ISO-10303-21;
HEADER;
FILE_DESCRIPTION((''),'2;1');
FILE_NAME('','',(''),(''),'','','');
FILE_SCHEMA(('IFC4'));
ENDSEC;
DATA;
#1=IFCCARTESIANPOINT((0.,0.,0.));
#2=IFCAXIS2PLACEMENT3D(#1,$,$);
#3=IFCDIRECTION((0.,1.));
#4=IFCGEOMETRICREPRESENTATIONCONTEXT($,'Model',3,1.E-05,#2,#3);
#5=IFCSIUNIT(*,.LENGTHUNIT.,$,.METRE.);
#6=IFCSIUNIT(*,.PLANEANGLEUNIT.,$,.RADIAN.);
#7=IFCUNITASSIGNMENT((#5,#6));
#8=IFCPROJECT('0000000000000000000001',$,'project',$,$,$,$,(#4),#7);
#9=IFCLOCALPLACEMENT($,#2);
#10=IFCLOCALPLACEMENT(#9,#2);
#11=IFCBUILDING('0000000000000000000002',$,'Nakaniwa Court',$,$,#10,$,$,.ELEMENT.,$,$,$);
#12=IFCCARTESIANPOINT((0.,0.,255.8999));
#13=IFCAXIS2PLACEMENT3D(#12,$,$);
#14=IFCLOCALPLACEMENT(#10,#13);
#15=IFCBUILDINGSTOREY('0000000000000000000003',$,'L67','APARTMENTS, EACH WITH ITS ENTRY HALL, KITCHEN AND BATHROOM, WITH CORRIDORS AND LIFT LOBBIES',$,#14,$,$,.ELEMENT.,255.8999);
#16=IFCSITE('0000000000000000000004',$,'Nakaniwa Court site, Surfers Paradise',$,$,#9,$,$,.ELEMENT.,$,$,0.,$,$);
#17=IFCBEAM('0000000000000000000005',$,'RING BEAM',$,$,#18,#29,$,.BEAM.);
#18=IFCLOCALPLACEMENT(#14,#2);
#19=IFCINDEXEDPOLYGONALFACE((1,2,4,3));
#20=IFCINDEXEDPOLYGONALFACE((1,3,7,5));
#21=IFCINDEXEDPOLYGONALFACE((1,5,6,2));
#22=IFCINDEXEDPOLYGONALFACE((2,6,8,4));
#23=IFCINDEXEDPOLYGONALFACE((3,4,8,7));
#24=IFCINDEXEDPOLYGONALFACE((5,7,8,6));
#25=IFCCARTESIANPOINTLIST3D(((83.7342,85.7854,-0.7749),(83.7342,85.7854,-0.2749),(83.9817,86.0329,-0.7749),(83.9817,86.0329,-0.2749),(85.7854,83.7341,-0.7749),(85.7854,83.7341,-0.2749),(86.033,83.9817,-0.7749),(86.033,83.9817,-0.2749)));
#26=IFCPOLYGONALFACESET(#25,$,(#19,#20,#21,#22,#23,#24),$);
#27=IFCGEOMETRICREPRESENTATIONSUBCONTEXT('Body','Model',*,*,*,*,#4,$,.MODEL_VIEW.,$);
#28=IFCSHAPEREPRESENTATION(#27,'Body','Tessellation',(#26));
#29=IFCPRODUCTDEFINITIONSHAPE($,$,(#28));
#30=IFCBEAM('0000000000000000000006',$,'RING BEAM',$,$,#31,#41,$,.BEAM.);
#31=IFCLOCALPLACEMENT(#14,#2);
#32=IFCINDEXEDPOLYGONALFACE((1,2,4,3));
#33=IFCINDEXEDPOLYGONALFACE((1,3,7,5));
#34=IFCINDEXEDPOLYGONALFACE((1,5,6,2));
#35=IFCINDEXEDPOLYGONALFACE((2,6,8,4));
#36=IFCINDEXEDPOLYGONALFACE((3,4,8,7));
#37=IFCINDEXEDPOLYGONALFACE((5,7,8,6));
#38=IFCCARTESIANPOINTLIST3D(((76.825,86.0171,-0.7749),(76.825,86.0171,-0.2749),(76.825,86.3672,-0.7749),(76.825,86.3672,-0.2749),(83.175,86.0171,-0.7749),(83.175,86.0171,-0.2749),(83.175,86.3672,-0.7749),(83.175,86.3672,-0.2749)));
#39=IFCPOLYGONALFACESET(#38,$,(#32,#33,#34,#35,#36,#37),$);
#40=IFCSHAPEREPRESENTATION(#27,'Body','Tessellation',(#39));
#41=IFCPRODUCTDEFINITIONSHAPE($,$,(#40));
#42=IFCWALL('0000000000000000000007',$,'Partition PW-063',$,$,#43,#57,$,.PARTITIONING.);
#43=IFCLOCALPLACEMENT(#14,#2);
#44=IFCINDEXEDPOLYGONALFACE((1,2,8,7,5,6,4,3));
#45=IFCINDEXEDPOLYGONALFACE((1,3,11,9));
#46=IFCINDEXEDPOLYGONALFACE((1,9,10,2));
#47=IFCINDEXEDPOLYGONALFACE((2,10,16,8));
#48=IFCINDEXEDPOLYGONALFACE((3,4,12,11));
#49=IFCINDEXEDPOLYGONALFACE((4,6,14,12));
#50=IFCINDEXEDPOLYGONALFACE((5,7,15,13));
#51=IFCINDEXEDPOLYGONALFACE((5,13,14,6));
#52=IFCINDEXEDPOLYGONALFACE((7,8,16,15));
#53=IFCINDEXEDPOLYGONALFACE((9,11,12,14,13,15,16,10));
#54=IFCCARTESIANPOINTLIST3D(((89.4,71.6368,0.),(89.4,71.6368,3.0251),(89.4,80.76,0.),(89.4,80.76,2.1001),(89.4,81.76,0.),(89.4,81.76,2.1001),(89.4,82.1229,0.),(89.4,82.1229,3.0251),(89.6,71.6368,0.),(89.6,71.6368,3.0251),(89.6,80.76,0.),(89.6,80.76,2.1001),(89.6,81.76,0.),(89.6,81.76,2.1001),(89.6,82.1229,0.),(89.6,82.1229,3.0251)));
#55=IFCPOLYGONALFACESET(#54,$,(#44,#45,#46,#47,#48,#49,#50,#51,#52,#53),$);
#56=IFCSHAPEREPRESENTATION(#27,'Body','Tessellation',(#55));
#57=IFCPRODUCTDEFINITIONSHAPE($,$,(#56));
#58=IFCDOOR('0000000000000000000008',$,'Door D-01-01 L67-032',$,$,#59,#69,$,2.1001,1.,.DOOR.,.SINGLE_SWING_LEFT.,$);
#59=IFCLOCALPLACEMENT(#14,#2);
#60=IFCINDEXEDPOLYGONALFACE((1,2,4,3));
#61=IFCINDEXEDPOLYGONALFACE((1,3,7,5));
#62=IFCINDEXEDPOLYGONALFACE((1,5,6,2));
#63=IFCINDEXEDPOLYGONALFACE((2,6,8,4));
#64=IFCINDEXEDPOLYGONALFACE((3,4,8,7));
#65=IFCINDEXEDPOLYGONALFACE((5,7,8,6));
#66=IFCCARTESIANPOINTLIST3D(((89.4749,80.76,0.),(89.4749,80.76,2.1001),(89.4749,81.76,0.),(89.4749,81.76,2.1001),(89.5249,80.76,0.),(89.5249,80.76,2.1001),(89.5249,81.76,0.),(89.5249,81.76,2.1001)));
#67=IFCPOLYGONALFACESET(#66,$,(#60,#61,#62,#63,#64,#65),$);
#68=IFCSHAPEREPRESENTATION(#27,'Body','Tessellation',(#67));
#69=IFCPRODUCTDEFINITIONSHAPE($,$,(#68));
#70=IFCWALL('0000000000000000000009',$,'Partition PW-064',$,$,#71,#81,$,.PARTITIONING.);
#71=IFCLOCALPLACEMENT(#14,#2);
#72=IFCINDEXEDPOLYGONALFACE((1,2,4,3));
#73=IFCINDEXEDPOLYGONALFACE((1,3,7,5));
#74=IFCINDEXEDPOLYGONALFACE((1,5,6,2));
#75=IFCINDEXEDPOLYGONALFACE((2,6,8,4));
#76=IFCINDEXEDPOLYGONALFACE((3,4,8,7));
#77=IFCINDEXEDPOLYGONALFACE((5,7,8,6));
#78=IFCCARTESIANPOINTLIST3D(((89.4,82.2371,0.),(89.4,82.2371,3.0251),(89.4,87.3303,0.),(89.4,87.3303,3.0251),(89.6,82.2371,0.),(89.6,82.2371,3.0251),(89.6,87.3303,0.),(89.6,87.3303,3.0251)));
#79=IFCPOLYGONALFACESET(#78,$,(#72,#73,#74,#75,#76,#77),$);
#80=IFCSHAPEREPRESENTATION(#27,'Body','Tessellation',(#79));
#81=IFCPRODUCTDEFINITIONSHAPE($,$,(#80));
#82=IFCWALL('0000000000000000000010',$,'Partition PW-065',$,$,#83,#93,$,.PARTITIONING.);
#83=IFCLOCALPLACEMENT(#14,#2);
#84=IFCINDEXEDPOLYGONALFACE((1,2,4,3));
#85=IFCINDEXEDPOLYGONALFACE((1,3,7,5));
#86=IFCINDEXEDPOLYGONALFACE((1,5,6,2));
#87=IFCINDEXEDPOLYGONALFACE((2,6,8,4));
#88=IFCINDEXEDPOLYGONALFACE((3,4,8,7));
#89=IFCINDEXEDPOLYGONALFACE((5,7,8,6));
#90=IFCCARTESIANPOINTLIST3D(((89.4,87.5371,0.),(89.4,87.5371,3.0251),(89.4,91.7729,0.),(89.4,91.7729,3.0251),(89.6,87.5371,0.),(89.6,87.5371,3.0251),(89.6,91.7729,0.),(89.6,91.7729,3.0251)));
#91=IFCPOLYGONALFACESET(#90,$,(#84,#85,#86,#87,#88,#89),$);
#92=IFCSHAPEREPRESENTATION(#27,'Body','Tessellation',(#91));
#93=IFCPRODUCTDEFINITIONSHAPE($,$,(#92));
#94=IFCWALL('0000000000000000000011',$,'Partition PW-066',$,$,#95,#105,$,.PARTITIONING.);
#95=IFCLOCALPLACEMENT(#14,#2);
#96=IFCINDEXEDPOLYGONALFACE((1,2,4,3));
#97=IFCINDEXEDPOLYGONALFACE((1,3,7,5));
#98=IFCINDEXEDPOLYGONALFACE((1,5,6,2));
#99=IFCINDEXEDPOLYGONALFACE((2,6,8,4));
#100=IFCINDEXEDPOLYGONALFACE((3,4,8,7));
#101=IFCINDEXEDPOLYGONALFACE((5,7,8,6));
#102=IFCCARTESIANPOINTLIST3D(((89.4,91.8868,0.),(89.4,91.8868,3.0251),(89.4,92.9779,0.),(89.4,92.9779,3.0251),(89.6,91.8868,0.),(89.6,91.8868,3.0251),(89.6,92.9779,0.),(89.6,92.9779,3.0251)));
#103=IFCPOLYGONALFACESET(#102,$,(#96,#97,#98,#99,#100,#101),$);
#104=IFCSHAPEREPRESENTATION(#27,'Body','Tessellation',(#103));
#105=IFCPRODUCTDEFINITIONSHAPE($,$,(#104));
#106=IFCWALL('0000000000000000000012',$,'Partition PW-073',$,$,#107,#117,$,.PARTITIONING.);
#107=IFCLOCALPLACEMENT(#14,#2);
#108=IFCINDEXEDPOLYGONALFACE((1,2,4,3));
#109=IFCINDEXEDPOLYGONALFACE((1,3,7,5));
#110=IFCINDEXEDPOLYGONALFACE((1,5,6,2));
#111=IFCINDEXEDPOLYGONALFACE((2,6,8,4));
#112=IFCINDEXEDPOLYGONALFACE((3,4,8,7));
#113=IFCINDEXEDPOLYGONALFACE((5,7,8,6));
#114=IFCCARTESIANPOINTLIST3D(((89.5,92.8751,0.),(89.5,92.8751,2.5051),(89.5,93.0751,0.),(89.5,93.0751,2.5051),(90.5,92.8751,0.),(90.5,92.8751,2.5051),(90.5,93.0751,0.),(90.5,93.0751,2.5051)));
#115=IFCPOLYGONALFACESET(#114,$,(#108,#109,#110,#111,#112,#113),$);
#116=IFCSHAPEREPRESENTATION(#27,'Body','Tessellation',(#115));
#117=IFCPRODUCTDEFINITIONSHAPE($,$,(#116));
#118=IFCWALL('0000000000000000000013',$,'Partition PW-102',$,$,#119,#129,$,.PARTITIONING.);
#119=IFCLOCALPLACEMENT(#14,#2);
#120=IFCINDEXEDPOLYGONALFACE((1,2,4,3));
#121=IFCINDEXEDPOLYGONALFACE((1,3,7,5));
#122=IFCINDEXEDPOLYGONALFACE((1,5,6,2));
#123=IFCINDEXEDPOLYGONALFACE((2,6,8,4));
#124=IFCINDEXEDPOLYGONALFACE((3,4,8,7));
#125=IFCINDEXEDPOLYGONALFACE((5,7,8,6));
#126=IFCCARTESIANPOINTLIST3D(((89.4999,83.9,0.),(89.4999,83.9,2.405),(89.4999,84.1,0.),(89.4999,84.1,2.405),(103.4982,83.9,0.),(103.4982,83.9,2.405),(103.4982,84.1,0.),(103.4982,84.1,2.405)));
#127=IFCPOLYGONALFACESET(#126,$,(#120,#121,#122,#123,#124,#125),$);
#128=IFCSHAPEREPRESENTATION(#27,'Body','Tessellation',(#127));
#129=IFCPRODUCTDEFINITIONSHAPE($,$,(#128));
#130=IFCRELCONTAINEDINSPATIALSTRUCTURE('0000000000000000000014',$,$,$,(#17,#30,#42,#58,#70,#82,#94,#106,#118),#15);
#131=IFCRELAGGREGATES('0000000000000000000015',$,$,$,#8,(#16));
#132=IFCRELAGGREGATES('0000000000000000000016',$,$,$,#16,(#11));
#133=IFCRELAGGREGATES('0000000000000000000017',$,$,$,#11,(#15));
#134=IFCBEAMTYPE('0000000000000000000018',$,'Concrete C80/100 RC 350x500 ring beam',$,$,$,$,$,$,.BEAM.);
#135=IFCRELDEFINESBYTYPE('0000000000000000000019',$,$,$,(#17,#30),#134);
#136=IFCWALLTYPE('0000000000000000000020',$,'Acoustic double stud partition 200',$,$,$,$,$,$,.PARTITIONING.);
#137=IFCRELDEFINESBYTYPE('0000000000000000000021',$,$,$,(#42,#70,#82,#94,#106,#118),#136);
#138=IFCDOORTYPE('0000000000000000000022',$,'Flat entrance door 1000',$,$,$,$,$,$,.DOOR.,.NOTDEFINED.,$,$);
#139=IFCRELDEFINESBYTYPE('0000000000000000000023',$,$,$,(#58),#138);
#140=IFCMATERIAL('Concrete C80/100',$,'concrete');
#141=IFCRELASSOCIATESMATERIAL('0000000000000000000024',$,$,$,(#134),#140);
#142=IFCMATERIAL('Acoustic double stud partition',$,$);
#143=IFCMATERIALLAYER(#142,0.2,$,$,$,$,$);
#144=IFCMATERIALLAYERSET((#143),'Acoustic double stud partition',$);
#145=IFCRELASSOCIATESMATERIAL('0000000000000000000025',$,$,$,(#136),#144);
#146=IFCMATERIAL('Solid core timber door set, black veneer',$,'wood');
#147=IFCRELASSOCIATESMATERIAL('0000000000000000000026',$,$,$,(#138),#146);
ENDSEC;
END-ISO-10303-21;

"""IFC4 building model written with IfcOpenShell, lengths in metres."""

from ifc_helpers import new_model, si_unit, direction, frame, frame_2d, origin, origin_2d, place, context, subcontext, project, spatial, rectangle, extrude, material, layer, layer_set, material_profile, profile_set, type_object, element, fill, save


model = new_model("IFC4")

# Units and contexts
model_context = context("Model", 3, precision=1e-05, world=origin(), true_north=direction((0.0, 1.0)))
body_context = subcontext(model_context, "Body", "Model", "MODEL_VIEW")
ifc_project = project(units=[si_unit("LENGTHUNIT", "METRE"), si_unit("PLANEANGLEUNIT", "RADIAN")], contexts=[model_context])

# Site, building, storey
site_placement = place(None, origin())
site = spatial("IfcSite", under=ifc_project, at=site_placement, Name="Nakaniwa Court site, Surfers Paradise", CompositionType="ELEMENT", RefElevation=0.0)
building_placement = place(site_placement, origin())
building = spatial("IfcBuilding", under=site, at=building_placement, Name="Nakaniwa Court", CompositionType="ELEMENT")
storey_placement = place(building_placement, frame((0.0, 0.0, 255.8999)))
storey = spatial("IfcBuildingStorey", under=building, at=storey_placement, Name="L67", Description="APARTMENTS, EACH WITH ITS ENTRY HALL, KITCHEN AND BATHROOM, WITH CORRIDORS AND LIFT LOBBIES", CompositionType="ELEMENT", Elevation=255.8999)

# Shared definitions
ifc_material_1 = material(Name="Concrete C80/100", Category="concrete")

# Beams
ifc_material_profile_1 = material_profile(ifc_material_1, rectangle(XDim=0.3501, YDim=0.5, at=origin_2d()), Name="Concrete C80/100 RC 350x500 ring beam")
ifc_profile_set_1 = profile_set([ifc_material_profile_1], Name="Concrete C80/100")
beam_type = type_object("IfcBeamType", Name="Concrete C80/100 RC 350x500 ring beam", PredefinedType="BEAM", material=ifc_profile_set_1)
beam_1_placement = place(storey_placement, frame((85.9092, 83.8579, -0.5249), z_axis=(-0.707107, 0.707107, 0.0), x_axis=(-0.707107, -0.707107, 0.0)))
element("IfcBeam", 1, at=beam_1_placement, inside=storey, type_object=beam_type, Name="RING BEAM", PredefinedType="BEAM", context=body_context, shape_type="SweptSolid", body=[
    extrude(rectangle(XDim=0.3501, YDim=0.5, at=origin_2d()), origin(), (0.0, 0.0, 1.0), 2.9009),
])
beam_2_placement = place(storey_placement, frame((83.175, 86.1921, -0.5249), z_axis=(-1.0, 0.0, 0.0), x_axis=(0.0, -1.0, 0.0)))
element("IfcBeam", 2, at=beam_2_placement, inside=storey, type_object=beam_type, Name="RING BEAM", PredefinedType="BEAM", context=body_context, shape_type="SweptSolid", body=[
    extrude(rectangle(XDim=0.3501, YDim=0.5, at=origin_2d()), origin(), (0.0, 0.0, 1.0), 6.3501),
])

# Wall, opening, door
ifc_material_2 = material(Name="Acoustic double stud partition")
ifc_layer_1 = layer(ifc_material_2, 0.2)
ifc_layer_set_1 = layer_set([ifc_layer_1], Name="Acoustic double stud partition")
wall_type_1 = type_object("IfcWallType", Name="Acoustic double stud partition 200", PredefinedType="PARTITIONING", material=ifc_layer_set_1)
wall_1_placement = place(storey_placement, frame((89.5, 82.123, 0.0), z_axis=(0.0, 0.0, 1.0), x_axis=(0.0, -1.0, 0.0)))
wall_1 = element("IfcWall", 3, at=wall_1_placement, inside=storey, type_object=wall_type_1, Name="Partition PW-063", PredefinedType="PARTITIONING", context=body_context, shape_type="SweptSolid", body=[
    extrude(rectangle(XDim=10.4861, YDim=0.2, at=frame_2d((5.2432, 0.0))), origin(), (0.0, 0.0, 1.0), 3.0251),
])
opening_1_placement = place(wall_1_placement, frame((0.363, 0.0, 0.0)))
opening_1 = element("IfcOpeningElement", 4, at=opening_1_placement, cuts=wall_1, PredefinedType="OPENING", context=body_context, shape_type="SweptSolid", body=[
    extrude(rectangle(XDim=1.0, YDim=2.1001, at=frame_2d((0.5, 1.05))), frame((0.0, 0.1099, 0.0), z_axis=(0.0, -1.0, 0.0), x_axis=(1.0, 0.0, 0.0)), (0.0, 0.0, 1.0), 0.22),
])
ifc_material_3 = material(Name="Solid core timber door set, black veneer", Category="wood")
door_type_1 = type_object("IfcDoorType", Name="Flat entrance door 1000", OperationType="NOTDEFINED", PredefinedType="DOOR", material=ifc_material_3)
door_1_placement = place(opening_1_placement, origin())
door_1 = element("IfcDoor", 5, at=door_1_placement, inside=storey, type_object=door_type_1, Name="Door D-01-01 L67-032", OperationType="SINGLE_SWING_LEFT", OverallHeight=2.1001, OverallWidth=1.0, PredefinedType="DOOR", context=body_context, shape_type="SweptSolid", body=[
    extrude(rectangle(XDim=1.0, YDim=2.1001, at=frame_2d((0.5, 1.05))), frame((0.0, 0.0249, 0.0), z_axis=(0.0, -1.0, 0.0), x_axis=(1.0, 0.0, 0.0)), (0.0, 0.0, 1.0), 0.05),
])
fill(opening_1, door_1)

# Walls
wall_2_placement = place(storey_placement, frame((89.5, 82.2371, 0.0), z_axis=(0.0, 0.0, 1.0), x_axis=(0.0, 1.0, 0.0)))
element("IfcWall", 6, at=wall_2_placement, inside=storey, type_object=wall_type_1, Name="Partition PW-064", PredefinedType="PARTITIONING", context=body_context, shape_type="SweptSolid", body=[
    extrude(rectangle(XDim=5.0933, YDim=0.2, at=frame_2d((2.5466, 0.0))), origin(), (0.0, 0.0, 1.0), 3.0251),
])
wall_3_placement = place(storey_placement, frame((89.5, 87.5371, 0.0), z_axis=(0.0, 0.0, 1.0), x_axis=(0.0, 1.0, 0.0)))
element("IfcWall", 7, at=wall_3_placement, inside=storey, type_object=wall_type_1, Name="Partition PW-065", PredefinedType="PARTITIONING", context=body_context, shape_type="SweptSolid", body=[
    extrude(rectangle(XDim=4.2358, YDim=0.2, at=frame_2d((2.1179, 0.0))), origin(), (0.0, 0.0, 1.0), 3.0251),
])
wall_4_placement = place(storey_placement, frame((89.5, 91.887, 0.0), z_axis=(0.0, 0.0, 1.0), x_axis=(0.0, 1.0, 0.0)))
element("IfcWall", 8, at=wall_4_placement, inside=storey, type_object=wall_type_1, Name="Partition PW-066", PredefinedType="PARTITIONING", context=body_context, shape_type="SweptSolid", body=[
    extrude(rectangle(XDim=1.0911, YDim=0.2, at=frame_2d((0.5454, 0.0))), origin(), (0.0, 0.0, 1.0), 3.0251),
])
wall_5_placement = place(storey_placement, frame((89.5, 92.9751, 0.0), z_axis=(0.0, 0.0, 1.0), x_axis=(1.0, 0.0, 0.0)))
element("IfcWall", 9, at=wall_5_placement, inside=storey, type_object=wall_type_1, Name="Partition PW-073", PredefinedType="PARTITIONING", context=body_context, shape_type="SweptSolid", body=[
    extrude(rectangle(XDim=1.0, YDim=0.2, at=frame_2d((0.5, 0.0))), origin(), (0.0, 0.0, 1.0), 2.5051),
])
wall_6_placement = place(storey_placement, frame((89.5, 84.0, 0.0), z_axis=(0.0, 0.0, 1.0), x_axis=(1.0, 0.0, 0.0)))
element("IfcWall", 10, at=wall_6_placement, inside=storey, type_object=wall_type_1, Name="Partition PW-102", PredefinedType="PARTITIONING", context=body_context, shape_type="SweptSolid", body=[
    extrude(rectangle(XDim=13.9983, YDim=0.2, at=frame_2d((6.999, 0.0))), origin(), (0.0, 0.0, 1.0), 2.405),
])

save(model, "model.ifc")
